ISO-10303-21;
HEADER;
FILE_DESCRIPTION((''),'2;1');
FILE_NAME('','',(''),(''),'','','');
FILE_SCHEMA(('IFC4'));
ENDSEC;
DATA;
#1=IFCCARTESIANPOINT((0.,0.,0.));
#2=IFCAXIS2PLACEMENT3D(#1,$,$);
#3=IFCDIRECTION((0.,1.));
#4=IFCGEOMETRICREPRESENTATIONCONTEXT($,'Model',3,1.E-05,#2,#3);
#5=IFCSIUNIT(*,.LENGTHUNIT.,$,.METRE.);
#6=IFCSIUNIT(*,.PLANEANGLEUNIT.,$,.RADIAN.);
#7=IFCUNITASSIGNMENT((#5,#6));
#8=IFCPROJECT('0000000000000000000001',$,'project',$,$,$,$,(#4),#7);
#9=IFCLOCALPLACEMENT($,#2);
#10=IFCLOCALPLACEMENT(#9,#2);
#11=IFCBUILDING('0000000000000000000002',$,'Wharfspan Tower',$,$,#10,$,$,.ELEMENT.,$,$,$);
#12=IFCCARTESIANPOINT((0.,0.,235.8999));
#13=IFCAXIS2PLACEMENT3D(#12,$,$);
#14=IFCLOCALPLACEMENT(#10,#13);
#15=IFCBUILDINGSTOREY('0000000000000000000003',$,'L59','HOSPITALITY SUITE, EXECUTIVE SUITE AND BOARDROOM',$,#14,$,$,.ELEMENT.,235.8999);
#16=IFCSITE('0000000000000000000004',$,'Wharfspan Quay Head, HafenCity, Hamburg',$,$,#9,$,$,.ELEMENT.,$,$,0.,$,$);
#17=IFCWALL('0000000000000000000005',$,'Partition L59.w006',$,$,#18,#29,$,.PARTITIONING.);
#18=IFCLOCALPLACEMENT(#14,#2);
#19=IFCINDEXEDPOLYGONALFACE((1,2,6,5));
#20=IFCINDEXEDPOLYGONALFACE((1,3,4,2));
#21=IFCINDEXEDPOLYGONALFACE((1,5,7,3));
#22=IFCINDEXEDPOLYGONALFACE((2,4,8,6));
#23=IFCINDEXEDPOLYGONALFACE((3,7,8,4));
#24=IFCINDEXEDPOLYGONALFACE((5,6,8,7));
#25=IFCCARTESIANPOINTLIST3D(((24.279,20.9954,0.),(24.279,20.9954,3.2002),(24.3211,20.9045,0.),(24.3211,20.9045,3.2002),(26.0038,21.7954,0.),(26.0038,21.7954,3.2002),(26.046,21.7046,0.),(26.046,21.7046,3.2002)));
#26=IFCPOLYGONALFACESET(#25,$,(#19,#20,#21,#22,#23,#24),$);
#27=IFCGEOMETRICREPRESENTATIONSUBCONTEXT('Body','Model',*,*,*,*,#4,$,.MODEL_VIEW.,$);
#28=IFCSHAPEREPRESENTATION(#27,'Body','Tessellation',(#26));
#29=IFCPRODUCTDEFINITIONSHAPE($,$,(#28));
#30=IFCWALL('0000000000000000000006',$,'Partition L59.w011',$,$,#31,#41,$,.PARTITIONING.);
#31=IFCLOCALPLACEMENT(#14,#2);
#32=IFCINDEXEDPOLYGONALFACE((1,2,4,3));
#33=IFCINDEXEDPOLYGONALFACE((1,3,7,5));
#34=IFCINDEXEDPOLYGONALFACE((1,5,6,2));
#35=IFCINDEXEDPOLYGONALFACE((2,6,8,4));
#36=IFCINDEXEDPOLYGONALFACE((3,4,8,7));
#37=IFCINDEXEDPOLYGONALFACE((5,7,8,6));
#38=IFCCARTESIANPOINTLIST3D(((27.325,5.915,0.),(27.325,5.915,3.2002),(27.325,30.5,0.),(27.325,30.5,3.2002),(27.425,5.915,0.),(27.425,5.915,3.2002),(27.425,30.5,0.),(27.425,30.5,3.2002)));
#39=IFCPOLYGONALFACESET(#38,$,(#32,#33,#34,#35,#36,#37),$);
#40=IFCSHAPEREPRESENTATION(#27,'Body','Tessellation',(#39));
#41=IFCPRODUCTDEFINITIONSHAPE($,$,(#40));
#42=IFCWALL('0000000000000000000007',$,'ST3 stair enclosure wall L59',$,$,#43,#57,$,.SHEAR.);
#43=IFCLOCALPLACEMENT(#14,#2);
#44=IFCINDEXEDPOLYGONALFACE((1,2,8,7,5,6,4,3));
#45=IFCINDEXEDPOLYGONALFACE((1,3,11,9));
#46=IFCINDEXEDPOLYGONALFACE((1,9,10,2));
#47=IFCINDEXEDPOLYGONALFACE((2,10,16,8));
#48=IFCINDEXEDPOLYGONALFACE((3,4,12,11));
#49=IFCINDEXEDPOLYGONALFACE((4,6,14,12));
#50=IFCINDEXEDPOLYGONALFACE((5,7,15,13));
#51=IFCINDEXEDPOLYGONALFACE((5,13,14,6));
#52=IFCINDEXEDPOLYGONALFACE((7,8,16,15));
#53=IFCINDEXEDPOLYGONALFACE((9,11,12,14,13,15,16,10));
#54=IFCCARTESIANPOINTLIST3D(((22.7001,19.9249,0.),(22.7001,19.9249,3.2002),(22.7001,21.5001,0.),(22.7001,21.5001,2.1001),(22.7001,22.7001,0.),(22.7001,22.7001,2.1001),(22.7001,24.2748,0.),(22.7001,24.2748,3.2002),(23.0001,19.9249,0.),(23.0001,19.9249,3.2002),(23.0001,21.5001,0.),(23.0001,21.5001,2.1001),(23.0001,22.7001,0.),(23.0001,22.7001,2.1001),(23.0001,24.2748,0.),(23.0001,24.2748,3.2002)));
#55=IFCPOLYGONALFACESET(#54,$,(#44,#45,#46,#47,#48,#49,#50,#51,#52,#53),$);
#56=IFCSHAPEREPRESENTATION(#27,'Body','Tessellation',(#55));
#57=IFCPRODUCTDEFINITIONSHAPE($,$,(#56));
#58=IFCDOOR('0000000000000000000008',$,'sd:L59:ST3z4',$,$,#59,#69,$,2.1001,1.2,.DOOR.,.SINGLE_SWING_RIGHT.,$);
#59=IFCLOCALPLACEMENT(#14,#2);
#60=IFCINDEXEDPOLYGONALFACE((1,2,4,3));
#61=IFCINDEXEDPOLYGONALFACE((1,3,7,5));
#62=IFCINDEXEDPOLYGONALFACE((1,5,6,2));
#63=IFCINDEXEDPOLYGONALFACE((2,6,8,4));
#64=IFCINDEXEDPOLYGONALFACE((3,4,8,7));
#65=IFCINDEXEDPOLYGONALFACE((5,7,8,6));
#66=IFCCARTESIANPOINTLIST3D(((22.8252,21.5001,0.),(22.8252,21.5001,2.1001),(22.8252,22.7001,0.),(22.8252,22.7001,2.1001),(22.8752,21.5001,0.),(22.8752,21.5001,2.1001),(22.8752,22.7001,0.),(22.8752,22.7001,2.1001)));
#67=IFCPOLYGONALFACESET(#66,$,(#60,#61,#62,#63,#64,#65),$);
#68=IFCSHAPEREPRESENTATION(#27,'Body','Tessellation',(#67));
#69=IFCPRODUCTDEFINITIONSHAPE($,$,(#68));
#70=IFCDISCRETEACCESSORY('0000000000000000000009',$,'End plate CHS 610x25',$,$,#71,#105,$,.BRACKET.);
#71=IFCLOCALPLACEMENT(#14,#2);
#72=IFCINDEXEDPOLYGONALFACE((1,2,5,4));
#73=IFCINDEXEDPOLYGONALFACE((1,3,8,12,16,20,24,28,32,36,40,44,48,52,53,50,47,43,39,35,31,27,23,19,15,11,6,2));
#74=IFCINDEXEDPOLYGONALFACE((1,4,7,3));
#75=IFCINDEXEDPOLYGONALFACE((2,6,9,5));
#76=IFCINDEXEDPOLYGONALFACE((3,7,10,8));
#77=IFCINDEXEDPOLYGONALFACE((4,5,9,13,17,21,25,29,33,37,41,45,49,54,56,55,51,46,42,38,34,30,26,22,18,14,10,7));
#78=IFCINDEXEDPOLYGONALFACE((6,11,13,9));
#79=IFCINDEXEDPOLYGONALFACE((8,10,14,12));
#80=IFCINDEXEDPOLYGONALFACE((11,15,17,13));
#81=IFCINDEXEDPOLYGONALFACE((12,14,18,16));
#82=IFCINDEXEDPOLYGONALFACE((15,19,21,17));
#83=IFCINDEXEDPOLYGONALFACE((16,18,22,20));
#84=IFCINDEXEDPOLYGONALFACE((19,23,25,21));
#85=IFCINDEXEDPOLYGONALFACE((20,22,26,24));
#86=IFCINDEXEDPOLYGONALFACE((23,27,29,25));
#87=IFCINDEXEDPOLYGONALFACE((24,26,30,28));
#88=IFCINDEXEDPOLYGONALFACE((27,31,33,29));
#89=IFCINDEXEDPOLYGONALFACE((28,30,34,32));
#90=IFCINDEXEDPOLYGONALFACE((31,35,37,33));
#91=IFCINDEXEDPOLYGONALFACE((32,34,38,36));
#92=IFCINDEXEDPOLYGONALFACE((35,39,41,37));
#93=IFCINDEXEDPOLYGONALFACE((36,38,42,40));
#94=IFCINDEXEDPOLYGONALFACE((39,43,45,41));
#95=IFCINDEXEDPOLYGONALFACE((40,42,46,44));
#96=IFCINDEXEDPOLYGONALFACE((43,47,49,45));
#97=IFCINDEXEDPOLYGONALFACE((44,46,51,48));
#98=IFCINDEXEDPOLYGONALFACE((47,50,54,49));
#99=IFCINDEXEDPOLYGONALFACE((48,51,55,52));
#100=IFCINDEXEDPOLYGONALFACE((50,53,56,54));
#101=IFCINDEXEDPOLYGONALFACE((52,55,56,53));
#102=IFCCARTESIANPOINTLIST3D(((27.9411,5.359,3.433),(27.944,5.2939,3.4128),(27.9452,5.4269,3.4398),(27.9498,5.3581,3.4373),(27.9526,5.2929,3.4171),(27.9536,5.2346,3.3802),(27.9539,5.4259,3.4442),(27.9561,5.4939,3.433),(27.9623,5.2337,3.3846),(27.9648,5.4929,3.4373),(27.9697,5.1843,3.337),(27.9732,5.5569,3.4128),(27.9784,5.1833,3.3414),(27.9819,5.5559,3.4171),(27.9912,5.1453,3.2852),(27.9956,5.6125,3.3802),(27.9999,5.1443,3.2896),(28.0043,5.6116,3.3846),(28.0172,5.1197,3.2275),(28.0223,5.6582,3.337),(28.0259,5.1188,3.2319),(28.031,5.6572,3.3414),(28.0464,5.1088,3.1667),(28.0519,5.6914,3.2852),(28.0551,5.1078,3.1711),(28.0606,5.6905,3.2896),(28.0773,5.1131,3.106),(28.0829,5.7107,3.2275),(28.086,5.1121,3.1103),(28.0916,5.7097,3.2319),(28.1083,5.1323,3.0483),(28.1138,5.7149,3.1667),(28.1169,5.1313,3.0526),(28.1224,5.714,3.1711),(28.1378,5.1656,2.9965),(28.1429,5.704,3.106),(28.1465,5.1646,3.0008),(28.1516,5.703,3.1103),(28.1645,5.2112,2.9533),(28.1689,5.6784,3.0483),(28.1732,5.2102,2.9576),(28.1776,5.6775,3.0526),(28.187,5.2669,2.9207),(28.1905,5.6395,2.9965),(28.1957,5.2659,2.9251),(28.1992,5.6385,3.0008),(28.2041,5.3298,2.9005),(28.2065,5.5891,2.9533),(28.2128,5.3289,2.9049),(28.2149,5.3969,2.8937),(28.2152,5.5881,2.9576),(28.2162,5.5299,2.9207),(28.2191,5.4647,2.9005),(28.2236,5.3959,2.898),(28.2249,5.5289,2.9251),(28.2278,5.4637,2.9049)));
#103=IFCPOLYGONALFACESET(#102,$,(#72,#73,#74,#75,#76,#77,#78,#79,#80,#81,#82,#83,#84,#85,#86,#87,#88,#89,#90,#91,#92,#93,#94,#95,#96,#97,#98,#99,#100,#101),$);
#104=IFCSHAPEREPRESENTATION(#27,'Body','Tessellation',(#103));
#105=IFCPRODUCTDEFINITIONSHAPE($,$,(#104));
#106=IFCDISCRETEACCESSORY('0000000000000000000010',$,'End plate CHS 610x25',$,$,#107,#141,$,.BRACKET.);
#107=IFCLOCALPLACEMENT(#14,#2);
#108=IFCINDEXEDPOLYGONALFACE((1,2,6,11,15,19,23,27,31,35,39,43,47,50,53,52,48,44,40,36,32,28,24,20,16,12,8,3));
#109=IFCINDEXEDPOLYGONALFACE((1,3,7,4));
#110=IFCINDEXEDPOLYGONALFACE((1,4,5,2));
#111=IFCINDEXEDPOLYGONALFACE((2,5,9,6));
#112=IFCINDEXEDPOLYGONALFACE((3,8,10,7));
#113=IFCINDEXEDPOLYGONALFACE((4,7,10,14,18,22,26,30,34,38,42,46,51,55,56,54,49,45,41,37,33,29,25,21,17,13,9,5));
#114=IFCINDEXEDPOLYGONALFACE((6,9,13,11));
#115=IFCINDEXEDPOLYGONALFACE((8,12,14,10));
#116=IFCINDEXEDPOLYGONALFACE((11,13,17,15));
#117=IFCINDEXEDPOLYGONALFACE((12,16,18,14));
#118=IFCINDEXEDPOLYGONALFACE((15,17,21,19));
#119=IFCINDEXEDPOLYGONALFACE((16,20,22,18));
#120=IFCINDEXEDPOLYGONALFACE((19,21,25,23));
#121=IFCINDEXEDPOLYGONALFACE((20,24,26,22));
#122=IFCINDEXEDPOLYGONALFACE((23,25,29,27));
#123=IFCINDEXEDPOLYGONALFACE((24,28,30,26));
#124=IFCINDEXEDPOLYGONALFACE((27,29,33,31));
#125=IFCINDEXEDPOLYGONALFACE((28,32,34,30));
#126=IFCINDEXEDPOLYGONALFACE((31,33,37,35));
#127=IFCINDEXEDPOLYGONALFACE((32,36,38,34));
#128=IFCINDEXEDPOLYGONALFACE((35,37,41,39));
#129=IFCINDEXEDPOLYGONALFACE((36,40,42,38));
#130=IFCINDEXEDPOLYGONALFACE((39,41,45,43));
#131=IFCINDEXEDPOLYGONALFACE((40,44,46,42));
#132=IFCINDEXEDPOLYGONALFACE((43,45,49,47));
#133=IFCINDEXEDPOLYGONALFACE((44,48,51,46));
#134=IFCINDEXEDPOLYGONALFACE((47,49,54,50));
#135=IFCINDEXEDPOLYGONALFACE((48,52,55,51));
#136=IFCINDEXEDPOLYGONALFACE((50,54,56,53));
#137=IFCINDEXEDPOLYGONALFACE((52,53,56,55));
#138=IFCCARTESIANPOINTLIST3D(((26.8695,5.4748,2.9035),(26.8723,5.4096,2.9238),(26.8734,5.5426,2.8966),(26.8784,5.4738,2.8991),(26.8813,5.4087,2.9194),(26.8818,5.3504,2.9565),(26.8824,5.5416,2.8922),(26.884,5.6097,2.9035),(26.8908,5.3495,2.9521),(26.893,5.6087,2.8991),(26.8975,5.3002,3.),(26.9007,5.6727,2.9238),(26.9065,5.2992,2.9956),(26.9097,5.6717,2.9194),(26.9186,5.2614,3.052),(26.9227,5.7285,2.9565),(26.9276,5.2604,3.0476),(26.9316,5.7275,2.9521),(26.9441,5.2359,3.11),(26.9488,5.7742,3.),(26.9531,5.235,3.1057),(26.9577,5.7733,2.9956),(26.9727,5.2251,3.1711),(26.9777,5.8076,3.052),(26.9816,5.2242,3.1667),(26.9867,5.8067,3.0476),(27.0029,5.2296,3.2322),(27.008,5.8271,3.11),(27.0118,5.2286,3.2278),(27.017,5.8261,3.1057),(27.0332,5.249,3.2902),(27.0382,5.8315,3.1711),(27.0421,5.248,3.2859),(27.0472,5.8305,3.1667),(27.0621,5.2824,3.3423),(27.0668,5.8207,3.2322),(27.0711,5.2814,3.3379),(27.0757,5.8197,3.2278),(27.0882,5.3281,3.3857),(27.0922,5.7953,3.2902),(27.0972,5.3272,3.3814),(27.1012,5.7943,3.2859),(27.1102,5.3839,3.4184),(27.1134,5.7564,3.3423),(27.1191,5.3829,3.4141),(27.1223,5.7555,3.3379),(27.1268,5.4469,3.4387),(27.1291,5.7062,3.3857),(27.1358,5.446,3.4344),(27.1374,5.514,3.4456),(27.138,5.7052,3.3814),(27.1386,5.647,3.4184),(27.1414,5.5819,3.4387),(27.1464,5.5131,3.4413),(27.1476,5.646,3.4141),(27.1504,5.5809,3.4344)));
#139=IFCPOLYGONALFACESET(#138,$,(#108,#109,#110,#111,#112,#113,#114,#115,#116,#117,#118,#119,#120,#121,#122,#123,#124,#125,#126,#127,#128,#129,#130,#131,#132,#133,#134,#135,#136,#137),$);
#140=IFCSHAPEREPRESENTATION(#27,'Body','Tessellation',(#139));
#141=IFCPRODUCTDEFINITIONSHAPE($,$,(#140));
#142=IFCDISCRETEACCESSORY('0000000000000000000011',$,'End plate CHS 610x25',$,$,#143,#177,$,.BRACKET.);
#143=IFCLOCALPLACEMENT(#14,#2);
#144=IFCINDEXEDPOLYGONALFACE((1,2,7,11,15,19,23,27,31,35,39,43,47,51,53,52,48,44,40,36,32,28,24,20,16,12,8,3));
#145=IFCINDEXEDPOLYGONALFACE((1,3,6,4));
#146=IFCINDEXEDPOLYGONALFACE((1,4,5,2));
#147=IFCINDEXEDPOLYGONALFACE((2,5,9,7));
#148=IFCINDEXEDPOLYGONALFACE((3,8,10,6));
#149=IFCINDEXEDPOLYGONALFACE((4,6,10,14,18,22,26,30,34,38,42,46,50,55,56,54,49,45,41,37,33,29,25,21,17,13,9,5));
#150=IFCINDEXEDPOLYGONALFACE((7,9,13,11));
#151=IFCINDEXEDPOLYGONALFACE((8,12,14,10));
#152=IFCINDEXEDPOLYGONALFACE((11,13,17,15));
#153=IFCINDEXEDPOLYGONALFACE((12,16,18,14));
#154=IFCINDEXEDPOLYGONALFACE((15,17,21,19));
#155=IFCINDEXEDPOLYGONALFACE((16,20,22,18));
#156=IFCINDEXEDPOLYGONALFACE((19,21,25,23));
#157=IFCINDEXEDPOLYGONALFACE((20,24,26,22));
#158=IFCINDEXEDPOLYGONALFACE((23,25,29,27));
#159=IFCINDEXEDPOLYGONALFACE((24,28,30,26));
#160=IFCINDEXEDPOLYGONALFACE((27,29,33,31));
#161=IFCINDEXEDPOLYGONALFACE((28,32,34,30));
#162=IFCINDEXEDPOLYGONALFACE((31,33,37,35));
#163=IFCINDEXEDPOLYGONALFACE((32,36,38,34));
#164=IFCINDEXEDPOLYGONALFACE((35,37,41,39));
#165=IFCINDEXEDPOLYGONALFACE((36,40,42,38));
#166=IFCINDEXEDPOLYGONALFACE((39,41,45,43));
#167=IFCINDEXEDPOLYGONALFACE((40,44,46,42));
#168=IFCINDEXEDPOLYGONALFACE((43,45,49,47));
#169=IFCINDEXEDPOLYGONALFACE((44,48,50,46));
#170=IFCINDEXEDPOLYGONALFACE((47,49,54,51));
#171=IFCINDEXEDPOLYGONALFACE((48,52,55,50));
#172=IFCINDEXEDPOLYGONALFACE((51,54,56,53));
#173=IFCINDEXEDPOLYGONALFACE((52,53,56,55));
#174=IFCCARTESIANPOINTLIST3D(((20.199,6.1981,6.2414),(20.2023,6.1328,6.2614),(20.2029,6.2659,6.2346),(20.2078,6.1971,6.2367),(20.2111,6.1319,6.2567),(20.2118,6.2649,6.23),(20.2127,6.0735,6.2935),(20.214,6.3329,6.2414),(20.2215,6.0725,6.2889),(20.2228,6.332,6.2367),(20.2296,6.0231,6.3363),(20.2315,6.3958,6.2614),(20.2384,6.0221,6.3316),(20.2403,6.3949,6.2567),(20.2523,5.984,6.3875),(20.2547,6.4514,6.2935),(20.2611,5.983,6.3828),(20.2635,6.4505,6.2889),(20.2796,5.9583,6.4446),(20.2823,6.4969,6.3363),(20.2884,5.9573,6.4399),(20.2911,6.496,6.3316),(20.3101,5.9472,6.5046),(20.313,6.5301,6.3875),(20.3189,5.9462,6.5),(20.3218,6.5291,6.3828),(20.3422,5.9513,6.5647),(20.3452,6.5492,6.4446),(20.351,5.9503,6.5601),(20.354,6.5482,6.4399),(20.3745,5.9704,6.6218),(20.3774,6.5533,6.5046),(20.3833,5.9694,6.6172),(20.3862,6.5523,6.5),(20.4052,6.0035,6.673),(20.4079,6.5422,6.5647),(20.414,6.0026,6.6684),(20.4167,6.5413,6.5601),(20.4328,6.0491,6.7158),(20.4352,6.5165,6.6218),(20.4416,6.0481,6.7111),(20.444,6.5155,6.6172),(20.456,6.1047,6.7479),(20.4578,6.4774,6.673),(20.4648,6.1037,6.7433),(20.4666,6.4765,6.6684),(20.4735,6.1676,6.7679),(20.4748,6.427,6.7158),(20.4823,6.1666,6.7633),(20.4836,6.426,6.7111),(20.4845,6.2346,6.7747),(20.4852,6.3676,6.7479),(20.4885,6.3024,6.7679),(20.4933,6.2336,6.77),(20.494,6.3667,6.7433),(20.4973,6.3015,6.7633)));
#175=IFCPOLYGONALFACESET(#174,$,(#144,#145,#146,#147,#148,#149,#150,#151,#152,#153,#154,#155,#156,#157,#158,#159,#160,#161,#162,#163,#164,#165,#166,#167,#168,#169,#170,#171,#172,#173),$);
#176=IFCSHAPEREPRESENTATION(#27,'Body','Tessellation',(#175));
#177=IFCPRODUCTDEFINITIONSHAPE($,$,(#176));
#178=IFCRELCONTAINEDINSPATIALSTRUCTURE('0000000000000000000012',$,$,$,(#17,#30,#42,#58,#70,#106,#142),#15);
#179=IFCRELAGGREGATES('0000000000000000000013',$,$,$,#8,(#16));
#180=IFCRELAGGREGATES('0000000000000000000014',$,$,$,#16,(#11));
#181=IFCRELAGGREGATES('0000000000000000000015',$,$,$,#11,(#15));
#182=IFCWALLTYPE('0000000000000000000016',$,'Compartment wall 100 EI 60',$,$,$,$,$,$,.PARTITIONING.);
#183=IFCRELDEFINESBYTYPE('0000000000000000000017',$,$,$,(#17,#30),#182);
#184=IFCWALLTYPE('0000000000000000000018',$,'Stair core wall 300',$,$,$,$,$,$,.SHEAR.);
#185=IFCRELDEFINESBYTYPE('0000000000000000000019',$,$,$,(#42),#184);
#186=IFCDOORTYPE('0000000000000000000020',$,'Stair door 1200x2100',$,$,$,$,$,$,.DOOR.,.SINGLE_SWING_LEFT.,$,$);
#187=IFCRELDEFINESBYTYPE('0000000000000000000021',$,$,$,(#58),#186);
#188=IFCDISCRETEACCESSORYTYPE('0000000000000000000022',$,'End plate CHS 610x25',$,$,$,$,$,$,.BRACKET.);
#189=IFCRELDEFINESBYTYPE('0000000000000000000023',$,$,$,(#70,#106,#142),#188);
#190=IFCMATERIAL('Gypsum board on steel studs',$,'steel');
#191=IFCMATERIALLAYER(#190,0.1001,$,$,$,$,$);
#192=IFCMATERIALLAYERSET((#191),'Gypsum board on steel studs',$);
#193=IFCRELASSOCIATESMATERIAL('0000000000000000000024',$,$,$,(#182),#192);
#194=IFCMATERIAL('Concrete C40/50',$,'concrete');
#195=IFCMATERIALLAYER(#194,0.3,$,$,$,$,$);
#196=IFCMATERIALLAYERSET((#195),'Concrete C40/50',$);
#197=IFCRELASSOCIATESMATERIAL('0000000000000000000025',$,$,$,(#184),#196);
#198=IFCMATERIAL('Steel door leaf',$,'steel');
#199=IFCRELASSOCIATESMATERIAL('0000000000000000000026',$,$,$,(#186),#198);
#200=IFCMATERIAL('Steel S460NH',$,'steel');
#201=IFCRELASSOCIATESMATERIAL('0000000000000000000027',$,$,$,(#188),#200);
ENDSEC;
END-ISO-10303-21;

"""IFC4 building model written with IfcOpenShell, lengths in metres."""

from ifc_helpers import new_model, si_unit, direction, frame, frame_2d, origin, origin_2d, place, context, subcontext, project, spatial, rectangle, circle, extrude, material, layer, layer_set, material_profile, profile_set, type_object, element, fill, save


model = new_model("IFC4")

# Units and contexts
model_context = context("Model", 3, precision=1e-05, world=origin(), true_north=direction((0.0, 1.0)))
body_context = subcontext(model_context, "Body", "Model", "MODEL_VIEW")
ifc_project = project(units=[si_unit("LENGTHUNIT", "METRE"), si_unit("PLANEANGLEUNIT", "RADIAN")], contexts=[model_context])

# Site, building, storey
site_placement = place(None, origin())
site = spatial("IfcSite", under=ifc_project, at=site_placement, Name="Wharfspan Quay Head, HafenCity, Hamburg", CompositionType="ELEMENT", RefElevation=0.0)
building_placement = place(site_placement, origin())
building = spatial("IfcBuilding", under=site, at=building_placement, Name="Wharfspan Tower", CompositionType="ELEMENT")
storey_placement = place(building_placement, frame((0.0, 0.0, 235.8999)))
storey = spatial("IfcBuildingStorey", under=building, at=storey_placement, Name="L59", Description="HOSPITALITY SUITE, EXECUTIVE SUITE AND BOARDROOM", CompositionType="ELEMENT", Elevation=235.8999)

# Shared definitions
ifc_material_1 = material(Name="Steel S460NH", Category="steel")

# Walls
ifc_material_2 = material(Name="Gypsum board on steel studs", Category="steel")
ifc_layer_1 = layer(ifc_material_2, 0.1001)
ifc_layer_set_1 = layer_set([ifc_layer_1], Name="Gypsum board on steel studs")
wall_type_1 = type_object("IfcWallType", Name="Compartment wall 100 EI 60", PredefinedType="PARTITIONING", material=ifc_layer_set_1)
wall_1_placement = place(storey_placement, frame((24.3, 20.95, 0.0), z_axis=(0.0, 0.0, 1.0), x_axis=(0.907168, 0.420777, 0.0)))
element("IfcWall", 1, at=wall_1_placement, inside=storey, type_object=wall_type_1, Name="Partition L59.w006", PredefinedType="PARTITIONING", context=body_context, shape_type="SweptSolid", body=[
    extrude(rectangle(XDim=1.9014, YDim=0.1001, at=frame_2d((0.9507, 0.0))), origin(), (0.0, 0.0, 1.0), 3.2002),
])
wall_2_placement = place(storey_placement, frame((27.375, 5.915, 0.0), z_axis=(0.0, 0.0, 1.0), x_axis=(0.0, 1.0, 0.0)))
element("IfcWall", 2, at=wall_2_placement, inside=storey, type_object=wall_type_1, Name="Partition L59.w011", PredefinedType="PARTITIONING", context=body_context, shape_type="SweptSolid", body=[
    extrude(rectangle(XDim=24.585, YDim=0.1001, at=frame_2d((12.2925, 0.0))), origin(), (0.0, 0.0, 1.0), 3.2002),
])

# Wall, opening, door
ifc_material_3 = material(Name="Concrete C40/50", Category="concrete")
ifc_layer_2 = layer(ifc_material_3, 0.3)
ifc_layer_set_2 = layer_set([ifc_layer_2], Name="Concrete C40/50")
wall_type_2 = type_object("IfcWallType", Name="Stair core wall 300", PredefinedType="SHEAR", material=ifc_layer_set_2)
wall_3_placement = place(storey_placement, frame((22.8501, 19.925, 0.0), z_axis=(0.0, 0.0, 1.0), x_axis=(0.0, 1.0, 0.0)))
wall_3 = element("IfcWall", 3, at=wall_3_placement, inside=storey, type_object=wall_type_2, Name="ST3 stair enclosure wall L59", PredefinedType="SHEAR", context=body_context, shape_type="SweptSolid", body=[
    extrude(rectangle(XDim=4.3499, YDim=0.3, at=frame_2d((2.1748, 0.0))), origin(), (0.0, 0.0, 1.0), 3.2002),
])
opening_placement = place(wall_3_placement, frame((1.575, 0.0, 0.0)))
opening = element("IfcOpeningElement", 4, at=opening_placement, cuts=wall_3, PredefinedType="OPENING", context=body_context, shape_type="SweptSolid", body=[
    extrude(rectangle(XDim=1.2, YDim=2.1001, at=frame_2d((0.6001, 1.05))), frame((0.0, 0.1599, 0.0), z_axis=(0.0, -1.0, 0.0), x_axis=(1.0, 0.0, 0.0)), (0.0, 0.0, 1.0), 0.3201),
])
ifc_material_4 = material(Name="Steel door leaf", Category="steel")
door_type = type_object("IfcDoorType", Name="Stair door 1200x2100", OperationType="SINGLE_SWING_LEFT", PredefinedType="DOOR", material=ifc_material_4)
door_placement = place(opening_placement, origin())
door = element("IfcDoor", 5, at=door_placement, inside=storey, type_object=door_type, Name="sd:L59:ST3z4", OperationType="SINGLE_SWING_RIGHT", OverallHeight=2.1001, OverallWidth=1.2, PredefinedType="DOOR", context=body_context, shape_type="SweptSolid", body=[
    extrude(rectangle(XDim=1.2, YDim=2.1001, at=frame_2d((0.6001, 1.05))), frame((0.0, 0.0249, 0.0), z_axis=(0.0, -1.0, 0.0), x_axis=(1.0, 0.0, 0.0)), (0.0, 0.0, 1.0), 0.05),
])
fill(opening, door)

# Discrete accessories
ifc_material_profile_1 = material_profile(ifc_material_1, circle(Radius=0.3049, at=origin_2d()))
ifc_profile_set_1 = profile_set([ifc_material_profile_1], Name="Steel S460NH")
discrete_accessory_type = type_object("IfcDiscreteAccessoryType", Name="End plate CHS 610x25", PredefinedType="BRACKET", material=ifc_profile_set_1)
discrete_accessory_placement = place(storey_placement, frame((28.0801, 5.4119, 3.1667), z_axis=(0.890043, -0.098894, 0.445021), x_axis=(0.110431, 0.99388, 0.000001)))
element("IfcDiscreteAccessory", 6, at=discrete_accessory_placement, inside=storey, type_object=discrete_accessory_type, Name="End plate CHS 610x25", PredefinedType="BRACKET", context=body_context, shape_type="SweptSolid", body=[
    extrude(circle(Radius=0.3049, at=origin_2d()), origin(), (0.0, 0.0, 1.0), 0.0098),
])
for number, where, z_axis, x_axis, name in (
    (7, (27.0144, 5.5273, 3.1667), (-0.895016, 0.096758, 0.435413), (-0.107482, -0.994209, -0.000001), "End plate CHS 610x25"),
    (8, (20.3525, 6.2493, 6.5), (-0.880146, 0.097794, 0.464521), (-0.110432, -0.993888, 0.0), "End plate CHS 610x25"),
):
    element("IfcDiscreteAccessory", number, at=place(storey_placement, frame(where, z_axis=z_axis, x_axis=x_axis)), inside=storey, type_object=discrete_accessory_type, Name=name, PredefinedType="BRACKET", context=body_context, shape_type="SweptSolid", body=[
        extrude(circle(Radius=0.3049, at=origin_2d()), origin(), (0.0, 0.0, 1.0), 0.01),
    ])

save(model, "model.ifc")
